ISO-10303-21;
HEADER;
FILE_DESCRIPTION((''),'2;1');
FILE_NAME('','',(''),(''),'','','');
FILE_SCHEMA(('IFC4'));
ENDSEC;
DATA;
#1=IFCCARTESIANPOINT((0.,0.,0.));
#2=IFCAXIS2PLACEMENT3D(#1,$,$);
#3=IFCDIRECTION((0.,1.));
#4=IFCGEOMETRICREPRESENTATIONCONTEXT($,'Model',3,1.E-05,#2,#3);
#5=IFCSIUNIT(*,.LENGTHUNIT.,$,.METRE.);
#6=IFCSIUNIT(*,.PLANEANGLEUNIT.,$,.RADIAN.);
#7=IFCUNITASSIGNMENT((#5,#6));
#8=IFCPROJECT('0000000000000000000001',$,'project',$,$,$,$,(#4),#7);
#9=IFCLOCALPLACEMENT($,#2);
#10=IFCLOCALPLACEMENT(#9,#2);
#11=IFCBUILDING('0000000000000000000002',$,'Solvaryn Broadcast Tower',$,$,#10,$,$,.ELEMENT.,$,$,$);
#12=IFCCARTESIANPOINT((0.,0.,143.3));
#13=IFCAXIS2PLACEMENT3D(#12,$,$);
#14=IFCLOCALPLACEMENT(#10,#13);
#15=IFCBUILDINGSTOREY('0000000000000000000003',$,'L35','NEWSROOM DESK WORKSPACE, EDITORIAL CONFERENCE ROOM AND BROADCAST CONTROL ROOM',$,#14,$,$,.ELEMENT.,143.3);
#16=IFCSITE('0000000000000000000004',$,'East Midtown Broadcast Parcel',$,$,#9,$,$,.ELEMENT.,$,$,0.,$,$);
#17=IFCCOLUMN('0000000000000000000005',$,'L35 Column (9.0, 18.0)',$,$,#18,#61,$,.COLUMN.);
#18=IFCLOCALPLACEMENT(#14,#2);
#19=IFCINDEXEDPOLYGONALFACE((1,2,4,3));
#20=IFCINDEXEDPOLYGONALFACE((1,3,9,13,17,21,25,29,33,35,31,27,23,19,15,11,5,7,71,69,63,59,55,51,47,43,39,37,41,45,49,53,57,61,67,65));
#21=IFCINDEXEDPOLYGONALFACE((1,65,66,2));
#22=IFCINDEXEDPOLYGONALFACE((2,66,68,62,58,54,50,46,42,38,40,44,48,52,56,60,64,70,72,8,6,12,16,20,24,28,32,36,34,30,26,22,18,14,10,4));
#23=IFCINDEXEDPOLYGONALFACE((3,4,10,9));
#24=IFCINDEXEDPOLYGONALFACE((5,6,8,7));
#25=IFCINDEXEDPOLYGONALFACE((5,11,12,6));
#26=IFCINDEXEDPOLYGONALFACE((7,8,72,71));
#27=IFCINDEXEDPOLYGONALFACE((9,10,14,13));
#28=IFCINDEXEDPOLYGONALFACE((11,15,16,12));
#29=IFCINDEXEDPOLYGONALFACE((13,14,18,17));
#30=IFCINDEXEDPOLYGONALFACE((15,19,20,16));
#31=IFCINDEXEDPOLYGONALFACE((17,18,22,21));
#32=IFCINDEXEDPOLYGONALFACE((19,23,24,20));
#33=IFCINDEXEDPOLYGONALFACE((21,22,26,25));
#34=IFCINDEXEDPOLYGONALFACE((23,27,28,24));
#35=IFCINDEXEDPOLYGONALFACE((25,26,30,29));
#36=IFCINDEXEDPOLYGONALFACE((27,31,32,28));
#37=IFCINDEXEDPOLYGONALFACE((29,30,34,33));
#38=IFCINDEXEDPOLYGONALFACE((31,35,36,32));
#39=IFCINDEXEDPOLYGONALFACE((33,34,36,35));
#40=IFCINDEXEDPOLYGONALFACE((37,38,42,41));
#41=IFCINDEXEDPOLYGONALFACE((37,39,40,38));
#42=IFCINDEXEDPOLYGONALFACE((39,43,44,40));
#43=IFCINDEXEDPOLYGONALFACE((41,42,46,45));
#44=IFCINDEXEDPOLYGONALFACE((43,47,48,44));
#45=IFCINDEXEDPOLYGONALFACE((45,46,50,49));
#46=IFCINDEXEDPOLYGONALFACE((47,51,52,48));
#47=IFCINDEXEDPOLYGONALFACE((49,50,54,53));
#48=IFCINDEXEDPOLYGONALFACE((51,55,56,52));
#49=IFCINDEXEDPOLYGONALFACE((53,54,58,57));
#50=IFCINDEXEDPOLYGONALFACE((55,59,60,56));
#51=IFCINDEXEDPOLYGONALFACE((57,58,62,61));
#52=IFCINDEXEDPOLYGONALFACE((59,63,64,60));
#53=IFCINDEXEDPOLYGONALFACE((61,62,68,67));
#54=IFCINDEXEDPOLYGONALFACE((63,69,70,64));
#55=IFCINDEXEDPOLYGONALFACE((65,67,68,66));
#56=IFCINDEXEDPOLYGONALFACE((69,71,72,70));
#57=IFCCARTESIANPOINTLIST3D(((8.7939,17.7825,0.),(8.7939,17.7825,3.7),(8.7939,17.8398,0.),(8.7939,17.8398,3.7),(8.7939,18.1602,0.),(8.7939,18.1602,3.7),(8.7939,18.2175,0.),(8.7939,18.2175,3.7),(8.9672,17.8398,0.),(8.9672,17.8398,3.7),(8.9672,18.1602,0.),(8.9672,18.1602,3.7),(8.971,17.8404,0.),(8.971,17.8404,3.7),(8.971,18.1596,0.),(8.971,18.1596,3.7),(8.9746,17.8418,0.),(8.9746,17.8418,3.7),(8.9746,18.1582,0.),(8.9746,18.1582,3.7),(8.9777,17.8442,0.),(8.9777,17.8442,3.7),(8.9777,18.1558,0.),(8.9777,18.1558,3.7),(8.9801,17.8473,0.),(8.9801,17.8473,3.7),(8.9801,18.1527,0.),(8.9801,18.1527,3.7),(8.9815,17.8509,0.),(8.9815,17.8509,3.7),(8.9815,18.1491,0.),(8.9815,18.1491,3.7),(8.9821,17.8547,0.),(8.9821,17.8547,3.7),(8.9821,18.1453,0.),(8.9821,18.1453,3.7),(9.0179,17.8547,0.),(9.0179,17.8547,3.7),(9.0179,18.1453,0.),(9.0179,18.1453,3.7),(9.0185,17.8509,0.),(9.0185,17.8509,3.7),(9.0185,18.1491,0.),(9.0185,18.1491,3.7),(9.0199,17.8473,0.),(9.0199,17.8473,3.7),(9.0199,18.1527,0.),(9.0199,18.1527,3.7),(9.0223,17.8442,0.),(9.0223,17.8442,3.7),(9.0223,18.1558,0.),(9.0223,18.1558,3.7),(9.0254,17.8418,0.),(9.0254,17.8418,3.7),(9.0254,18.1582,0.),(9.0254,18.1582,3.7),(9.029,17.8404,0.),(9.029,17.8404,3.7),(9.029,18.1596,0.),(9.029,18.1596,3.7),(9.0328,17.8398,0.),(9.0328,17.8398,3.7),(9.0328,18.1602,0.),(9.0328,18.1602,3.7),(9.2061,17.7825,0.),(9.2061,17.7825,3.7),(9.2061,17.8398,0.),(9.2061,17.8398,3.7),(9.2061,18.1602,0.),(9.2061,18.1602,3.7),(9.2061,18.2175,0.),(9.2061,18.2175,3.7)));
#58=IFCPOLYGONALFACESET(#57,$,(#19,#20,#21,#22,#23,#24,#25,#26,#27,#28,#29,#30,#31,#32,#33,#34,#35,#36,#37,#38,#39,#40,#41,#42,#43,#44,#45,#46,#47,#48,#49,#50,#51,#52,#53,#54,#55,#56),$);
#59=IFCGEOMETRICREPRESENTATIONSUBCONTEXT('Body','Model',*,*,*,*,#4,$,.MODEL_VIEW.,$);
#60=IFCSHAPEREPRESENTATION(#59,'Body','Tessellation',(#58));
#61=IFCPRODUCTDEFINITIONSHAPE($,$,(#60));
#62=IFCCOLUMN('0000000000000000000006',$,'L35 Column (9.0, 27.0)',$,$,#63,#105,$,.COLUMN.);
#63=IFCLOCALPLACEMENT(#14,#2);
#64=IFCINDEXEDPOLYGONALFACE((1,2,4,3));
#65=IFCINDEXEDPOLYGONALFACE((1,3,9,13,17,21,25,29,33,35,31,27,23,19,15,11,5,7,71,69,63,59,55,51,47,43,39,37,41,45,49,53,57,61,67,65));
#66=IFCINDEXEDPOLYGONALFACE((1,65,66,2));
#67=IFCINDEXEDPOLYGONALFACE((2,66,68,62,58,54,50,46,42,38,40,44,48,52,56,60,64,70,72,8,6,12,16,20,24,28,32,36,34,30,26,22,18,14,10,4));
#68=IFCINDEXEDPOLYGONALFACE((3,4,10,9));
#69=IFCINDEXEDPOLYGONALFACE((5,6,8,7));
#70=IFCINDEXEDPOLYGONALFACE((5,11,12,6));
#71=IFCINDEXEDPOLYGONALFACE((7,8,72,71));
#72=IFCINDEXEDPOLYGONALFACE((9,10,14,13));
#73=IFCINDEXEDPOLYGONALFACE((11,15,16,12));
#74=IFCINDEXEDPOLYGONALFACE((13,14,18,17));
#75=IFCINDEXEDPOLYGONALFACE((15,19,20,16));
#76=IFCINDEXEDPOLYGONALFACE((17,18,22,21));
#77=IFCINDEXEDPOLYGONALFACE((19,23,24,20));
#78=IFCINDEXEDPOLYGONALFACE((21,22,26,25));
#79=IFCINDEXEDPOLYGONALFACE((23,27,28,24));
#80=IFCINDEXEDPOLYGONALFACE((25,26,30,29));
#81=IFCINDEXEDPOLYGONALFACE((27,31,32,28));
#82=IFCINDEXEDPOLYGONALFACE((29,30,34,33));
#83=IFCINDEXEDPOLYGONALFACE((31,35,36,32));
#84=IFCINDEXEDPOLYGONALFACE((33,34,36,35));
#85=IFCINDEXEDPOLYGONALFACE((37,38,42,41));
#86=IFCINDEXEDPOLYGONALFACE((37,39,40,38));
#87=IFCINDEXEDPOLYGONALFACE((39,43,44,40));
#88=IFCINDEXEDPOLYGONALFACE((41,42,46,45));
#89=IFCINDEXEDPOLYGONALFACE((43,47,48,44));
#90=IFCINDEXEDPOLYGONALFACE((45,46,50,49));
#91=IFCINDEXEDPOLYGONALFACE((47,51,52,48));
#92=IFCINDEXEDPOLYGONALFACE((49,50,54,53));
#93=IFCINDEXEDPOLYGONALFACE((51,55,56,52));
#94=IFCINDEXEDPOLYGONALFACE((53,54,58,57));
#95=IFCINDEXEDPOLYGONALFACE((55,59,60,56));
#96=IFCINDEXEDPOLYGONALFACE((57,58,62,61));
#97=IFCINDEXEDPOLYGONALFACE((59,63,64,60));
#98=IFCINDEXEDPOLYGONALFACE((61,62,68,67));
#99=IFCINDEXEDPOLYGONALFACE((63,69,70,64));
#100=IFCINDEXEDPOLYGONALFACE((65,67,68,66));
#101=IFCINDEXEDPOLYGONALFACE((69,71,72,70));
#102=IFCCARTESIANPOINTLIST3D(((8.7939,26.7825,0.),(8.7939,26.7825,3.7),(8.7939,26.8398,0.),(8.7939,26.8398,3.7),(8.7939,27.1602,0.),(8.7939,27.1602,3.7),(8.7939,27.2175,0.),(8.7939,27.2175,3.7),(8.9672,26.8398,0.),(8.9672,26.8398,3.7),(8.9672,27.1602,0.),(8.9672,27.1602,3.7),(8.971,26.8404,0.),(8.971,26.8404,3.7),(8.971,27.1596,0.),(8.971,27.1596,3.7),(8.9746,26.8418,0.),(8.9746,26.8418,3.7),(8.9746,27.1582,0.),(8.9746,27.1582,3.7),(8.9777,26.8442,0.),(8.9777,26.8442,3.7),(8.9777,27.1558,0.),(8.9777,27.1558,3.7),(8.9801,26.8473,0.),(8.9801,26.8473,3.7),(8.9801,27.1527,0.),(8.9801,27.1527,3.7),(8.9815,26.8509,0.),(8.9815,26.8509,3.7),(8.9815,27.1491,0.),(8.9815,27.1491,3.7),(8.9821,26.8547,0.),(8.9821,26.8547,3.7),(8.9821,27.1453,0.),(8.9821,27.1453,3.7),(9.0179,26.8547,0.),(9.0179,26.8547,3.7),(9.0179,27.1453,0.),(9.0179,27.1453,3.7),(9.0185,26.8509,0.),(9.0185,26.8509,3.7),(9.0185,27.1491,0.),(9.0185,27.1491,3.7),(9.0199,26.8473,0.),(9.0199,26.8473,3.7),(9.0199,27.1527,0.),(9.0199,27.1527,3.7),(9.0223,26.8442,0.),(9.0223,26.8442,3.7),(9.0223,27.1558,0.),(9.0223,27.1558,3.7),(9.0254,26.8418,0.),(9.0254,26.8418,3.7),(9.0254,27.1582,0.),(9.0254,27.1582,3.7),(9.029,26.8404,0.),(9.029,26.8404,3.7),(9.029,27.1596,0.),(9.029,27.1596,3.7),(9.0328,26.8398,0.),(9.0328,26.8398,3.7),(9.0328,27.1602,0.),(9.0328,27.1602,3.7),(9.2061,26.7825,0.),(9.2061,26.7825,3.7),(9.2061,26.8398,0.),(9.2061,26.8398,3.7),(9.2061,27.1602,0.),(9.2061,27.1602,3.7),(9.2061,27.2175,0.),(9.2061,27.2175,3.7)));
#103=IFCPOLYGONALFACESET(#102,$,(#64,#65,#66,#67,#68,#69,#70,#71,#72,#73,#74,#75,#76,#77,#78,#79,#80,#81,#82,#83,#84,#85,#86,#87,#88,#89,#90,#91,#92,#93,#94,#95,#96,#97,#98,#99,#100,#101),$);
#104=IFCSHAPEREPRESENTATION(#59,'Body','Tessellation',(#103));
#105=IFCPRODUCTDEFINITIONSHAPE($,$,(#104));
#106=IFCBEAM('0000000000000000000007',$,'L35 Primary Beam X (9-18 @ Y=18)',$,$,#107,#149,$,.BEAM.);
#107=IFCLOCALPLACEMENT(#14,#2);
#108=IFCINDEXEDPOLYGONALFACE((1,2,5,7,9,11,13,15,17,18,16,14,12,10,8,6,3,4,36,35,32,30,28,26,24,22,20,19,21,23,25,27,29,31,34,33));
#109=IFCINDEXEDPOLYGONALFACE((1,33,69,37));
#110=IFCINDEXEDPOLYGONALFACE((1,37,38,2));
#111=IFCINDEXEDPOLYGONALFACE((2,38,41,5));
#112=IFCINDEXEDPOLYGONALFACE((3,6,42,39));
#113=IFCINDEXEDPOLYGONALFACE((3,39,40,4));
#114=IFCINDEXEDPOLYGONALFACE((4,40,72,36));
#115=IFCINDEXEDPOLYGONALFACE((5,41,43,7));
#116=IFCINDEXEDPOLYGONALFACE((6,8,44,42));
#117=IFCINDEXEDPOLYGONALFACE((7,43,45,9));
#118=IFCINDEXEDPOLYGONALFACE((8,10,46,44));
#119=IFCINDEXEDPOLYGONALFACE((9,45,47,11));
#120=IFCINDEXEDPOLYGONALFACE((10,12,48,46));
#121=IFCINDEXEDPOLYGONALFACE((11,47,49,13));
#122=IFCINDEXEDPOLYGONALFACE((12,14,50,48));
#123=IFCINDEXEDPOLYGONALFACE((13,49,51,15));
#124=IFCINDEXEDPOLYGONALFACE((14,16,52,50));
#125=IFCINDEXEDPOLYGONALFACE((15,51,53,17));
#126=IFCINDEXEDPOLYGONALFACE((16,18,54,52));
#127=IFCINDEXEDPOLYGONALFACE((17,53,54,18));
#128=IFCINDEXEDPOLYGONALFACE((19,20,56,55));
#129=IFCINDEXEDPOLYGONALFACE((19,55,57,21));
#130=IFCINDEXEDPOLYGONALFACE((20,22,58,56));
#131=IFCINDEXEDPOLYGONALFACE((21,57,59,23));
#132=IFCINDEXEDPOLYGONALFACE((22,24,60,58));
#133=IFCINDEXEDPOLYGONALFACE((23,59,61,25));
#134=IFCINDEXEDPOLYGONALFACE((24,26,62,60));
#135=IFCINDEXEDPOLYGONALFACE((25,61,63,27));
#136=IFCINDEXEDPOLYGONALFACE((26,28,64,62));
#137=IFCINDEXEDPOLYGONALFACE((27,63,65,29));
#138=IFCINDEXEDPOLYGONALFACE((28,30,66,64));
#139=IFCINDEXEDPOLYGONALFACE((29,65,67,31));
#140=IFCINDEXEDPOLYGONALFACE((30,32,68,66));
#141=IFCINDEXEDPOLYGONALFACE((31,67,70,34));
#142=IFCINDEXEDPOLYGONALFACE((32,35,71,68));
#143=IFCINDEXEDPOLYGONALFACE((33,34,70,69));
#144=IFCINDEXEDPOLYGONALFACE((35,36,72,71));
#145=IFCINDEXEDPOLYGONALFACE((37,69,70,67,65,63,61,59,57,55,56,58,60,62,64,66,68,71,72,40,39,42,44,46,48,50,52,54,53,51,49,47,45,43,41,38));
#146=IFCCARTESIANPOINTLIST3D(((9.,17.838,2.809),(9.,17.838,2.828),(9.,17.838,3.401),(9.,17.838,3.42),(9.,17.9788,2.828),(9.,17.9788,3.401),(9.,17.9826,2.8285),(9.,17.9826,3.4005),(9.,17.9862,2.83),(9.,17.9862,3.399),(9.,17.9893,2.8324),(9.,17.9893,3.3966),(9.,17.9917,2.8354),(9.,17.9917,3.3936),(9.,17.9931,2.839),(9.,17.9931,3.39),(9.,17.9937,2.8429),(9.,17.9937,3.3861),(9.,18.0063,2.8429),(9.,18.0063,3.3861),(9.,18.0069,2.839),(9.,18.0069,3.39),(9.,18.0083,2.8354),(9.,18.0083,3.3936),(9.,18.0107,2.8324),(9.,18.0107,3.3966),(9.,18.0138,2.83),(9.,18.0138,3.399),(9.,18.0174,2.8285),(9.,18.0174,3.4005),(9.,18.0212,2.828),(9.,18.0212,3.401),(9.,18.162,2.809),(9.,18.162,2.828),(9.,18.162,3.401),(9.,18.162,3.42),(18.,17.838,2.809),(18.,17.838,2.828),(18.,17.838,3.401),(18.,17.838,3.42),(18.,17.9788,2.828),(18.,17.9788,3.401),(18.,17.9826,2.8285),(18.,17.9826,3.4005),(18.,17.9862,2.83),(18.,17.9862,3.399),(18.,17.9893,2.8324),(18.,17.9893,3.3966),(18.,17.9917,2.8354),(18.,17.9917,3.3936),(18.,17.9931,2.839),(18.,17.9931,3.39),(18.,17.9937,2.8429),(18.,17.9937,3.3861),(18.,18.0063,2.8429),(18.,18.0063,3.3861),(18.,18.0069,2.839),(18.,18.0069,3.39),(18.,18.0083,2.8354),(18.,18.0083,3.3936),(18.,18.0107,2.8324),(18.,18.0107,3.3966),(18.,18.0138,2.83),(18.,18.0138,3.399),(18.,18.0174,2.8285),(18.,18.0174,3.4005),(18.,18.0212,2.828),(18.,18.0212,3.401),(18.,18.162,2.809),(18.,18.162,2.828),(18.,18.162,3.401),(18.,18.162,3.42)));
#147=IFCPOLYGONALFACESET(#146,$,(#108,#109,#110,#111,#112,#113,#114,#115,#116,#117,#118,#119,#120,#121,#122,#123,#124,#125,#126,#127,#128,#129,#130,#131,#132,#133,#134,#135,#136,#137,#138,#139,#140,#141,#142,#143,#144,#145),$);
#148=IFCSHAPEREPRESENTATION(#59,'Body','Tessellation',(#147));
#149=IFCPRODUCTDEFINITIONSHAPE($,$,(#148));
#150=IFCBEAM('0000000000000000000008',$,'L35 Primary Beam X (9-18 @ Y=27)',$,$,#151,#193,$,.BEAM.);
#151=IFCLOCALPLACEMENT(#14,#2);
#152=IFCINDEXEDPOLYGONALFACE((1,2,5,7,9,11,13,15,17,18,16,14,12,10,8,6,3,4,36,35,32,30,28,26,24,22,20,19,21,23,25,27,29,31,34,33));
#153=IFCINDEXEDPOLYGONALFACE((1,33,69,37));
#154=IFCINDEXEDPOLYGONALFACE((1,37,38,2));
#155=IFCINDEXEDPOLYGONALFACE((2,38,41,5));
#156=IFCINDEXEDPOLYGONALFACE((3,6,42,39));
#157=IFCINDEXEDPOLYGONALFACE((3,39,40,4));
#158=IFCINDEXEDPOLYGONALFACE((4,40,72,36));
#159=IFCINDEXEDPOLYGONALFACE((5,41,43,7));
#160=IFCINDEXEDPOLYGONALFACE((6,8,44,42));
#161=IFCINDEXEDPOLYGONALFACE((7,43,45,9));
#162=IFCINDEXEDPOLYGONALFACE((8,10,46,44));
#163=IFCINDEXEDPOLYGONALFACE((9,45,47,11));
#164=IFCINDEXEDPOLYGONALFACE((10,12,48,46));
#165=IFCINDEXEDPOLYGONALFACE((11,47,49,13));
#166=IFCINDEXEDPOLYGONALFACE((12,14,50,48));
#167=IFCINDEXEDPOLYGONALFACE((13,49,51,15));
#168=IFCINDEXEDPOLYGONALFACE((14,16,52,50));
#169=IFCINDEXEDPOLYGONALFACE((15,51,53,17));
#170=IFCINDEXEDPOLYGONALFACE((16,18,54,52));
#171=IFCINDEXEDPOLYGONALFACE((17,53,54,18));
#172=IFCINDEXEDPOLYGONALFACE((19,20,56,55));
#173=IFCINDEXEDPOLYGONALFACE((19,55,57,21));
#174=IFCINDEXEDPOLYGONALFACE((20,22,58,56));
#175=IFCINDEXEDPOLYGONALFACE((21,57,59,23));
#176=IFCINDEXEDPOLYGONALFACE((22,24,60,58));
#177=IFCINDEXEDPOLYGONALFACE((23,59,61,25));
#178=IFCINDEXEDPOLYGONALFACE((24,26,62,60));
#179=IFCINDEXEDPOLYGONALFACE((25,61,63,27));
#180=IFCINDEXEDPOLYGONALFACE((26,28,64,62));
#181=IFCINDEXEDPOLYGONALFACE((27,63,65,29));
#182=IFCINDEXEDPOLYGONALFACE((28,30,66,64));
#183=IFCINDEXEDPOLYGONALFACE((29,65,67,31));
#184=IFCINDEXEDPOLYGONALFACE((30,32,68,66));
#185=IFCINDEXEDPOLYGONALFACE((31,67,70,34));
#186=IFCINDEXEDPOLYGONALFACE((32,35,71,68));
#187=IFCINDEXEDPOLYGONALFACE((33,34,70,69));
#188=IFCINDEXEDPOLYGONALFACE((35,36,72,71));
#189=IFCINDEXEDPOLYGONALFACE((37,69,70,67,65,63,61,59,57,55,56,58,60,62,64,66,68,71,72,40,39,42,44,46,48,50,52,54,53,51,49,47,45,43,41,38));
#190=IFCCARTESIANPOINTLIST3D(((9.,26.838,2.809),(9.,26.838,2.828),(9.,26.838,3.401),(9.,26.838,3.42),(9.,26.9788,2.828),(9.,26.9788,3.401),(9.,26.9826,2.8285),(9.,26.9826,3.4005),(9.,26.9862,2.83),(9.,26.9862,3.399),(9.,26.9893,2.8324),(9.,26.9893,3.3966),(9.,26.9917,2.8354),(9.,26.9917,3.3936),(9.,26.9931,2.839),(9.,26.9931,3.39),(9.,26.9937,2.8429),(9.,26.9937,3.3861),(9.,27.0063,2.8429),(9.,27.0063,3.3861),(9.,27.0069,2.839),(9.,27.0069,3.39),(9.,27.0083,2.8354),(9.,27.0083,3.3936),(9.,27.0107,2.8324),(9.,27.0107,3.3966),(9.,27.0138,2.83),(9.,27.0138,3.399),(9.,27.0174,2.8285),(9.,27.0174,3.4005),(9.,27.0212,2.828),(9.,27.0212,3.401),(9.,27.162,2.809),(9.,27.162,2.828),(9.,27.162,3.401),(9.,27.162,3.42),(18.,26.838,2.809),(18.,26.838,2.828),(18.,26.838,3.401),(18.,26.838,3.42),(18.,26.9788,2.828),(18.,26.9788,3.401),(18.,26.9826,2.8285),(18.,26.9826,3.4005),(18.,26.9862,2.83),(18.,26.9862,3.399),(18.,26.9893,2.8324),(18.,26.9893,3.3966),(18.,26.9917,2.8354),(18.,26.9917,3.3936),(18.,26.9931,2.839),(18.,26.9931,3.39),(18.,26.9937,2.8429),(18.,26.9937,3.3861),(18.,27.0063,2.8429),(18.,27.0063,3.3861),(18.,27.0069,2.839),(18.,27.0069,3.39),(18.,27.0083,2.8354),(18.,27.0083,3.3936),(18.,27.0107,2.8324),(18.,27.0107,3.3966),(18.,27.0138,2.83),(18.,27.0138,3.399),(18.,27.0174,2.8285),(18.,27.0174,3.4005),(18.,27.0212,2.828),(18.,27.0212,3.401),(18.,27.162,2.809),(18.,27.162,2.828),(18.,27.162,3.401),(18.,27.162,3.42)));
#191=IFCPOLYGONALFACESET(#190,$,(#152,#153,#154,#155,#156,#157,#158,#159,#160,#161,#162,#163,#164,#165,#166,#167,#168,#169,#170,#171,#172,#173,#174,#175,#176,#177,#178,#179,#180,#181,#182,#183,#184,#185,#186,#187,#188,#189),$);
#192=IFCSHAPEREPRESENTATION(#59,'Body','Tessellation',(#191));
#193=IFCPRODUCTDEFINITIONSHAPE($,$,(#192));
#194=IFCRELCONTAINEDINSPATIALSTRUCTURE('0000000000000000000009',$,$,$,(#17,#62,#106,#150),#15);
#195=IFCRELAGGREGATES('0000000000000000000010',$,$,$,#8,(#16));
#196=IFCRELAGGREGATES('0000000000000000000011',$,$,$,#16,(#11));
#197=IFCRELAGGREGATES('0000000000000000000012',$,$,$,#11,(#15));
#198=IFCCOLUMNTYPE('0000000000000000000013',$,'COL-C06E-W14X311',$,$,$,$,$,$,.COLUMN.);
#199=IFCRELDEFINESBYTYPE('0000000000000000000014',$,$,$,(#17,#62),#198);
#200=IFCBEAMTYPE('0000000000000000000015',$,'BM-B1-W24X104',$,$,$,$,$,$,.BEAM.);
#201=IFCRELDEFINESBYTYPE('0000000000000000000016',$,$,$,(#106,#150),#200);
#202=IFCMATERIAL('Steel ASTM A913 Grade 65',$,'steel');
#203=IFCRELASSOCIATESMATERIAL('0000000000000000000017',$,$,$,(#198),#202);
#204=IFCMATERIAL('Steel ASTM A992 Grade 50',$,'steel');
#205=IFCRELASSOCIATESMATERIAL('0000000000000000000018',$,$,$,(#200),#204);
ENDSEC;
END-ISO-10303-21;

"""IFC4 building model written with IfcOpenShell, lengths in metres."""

from ifc_helpers import new_model, si_unit, direction, frame, origin, origin_2d, place, context, subcontext, project, spatial, i_section, extrude, material, material_profile, profile_set, type_object, element, save


model = new_model("IFC4")

# Units and contexts
model_context = context("Model", 3, precision=1e-05, world=origin(), true_north=direction((0.0, 1.0)))
body_context = subcontext(model_context, "Body", "Model", "MODEL_VIEW")
ifc_project = project(units=[si_unit("LENGTHUNIT", "METRE"), si_unit("PLANEANGLEUNIT", "RADIAN")], contexts=[model_context])

# Site, building, storey
site_placement = place(None, origin())
site = spatial("IfcSite", under=ifc_project, at=site_placement, Name="East Midtown Broadcast Parcel", CompositionType="ELEMENT", RefElevation=0.0)
building_placement = place(site_placement, origin())
building = spatial("IfcBuilding", under=site, at=building_placement, Name="Solvaryn Broadcast Tower", CompositionType="ELEMENT")
storey_placement = place(building_placement, frame((0.0, 0.0, 143.3)))
storey = spatial("IfcBuildingStorey", under=building, at=storey_placement, Name="L35", Description="NEWSROOM DESK WORKSPACE, EDITORIAL CONFERENCE ROOM AND BROADCAST CONTROL ROOM", CompositionType="ELEMENT", Elevation=143.3)

# Columns
ifc_material_1 = material(Name="Steel ASTM A913 Grade 65", Category="steel")
ifc_material_profile_1 = material_profile(ifc_material_1, i_section(OverallWidth=0.4121, OverallDepth=0.4351, WebThickness=0.0359, FlangeThickness=0.0574, FilletRadius=0.0149, at=origin_2d()))
ifc_profile_set_1 = profile_set([ifc_material_profile_1], Name="Steel ASTM A913 Grade 65")
column_type = type_object("IfcColumnType", Name="COL-C06E-W14X311", PredefinedType="COLUMN", material=ifc_profile_set_1)
for number, where, z_axis, x_axis, name in (
    (1, (9.0, 18.0, 0.0), (0.0, 0.0, 1.0), (1.0, 0.0, 0.0), "L35 Column (9.0, 18.0)"),
    (2, (9.0, 27.0, 0.0), (0.0, 0.0, 1.0), (1.0, 0.0, 0.0), "L35 Column (9.0, 27.0)"),
):
    element("IfcColumn", number, at=place(storey_placement, frame(where, z_axis=z_axis, x_axis=x_axis)), inside=storey, type_object=column_type, Name=name, PredefinedType="COLUMN", context=body_context, shape_type="SweptSolid", body=[
        extrude(i_section(OverallWidth=0.4121, OverallDepth=0.4351, WebThickness=0.0359, FlangeThickness=0.0574, FilletRadius=0.0149, at=origin_2d()), origin(), (0.0, 0.0, 1.0), 3.7),
    ])

# Beams
ifc_material_2 = material(Name="Steel ASTM A992 Grade 50", Category="steel")
ifc_material_profile_2 = material_profile(ifc_material_2, i_section(OverallWidth=0.324, OverallDepth=0.6111, WebThickness=0.0127, FlangeThickness=0.019, FilletRadius=0.0149, at=origin_2d()))
ifc_profile_set_2 = profile_set([ifc_material_profile_2], Name="Steel ASTM A992 Grade 50")
beam_type_1 = type_object("IfcBeamType", Name="BM-B1-W24X104", PredefinedType="BEAM", material=ifc_profile_set_2)
for number, where, z_axis, x_axis, name in (
    (3, (9.0, 18.0, 3.1145), (1.0, 0.0, 0.0), (0.0, 1.0, 0.0), "L35 Primary Beam X (9-18 @ Y=18)"),
    (4, (9.0, 27.0, 3.1145), (1.0, 0.0, 0.0), (0.0, 1.0, 0.0), "L35 Primary Beam X (9-18 @ Y=27)"),
):
    element("IfcBeam", number, at=place(storey_placement, frame(where, z_axis=z_axis, x_axis=x_axis)), inside=storey, type_object=beam_type_1, Name=name, PredefinedType="BEAM", context=body_context, shape_type="SweptSolid", body=[
        extrude(i_section(OverallWidth=0.324, OverallDepth=0.6111, WebThickness=0.0127, FlangeThickness=0.019, FilletRadius=0.0149, at=origin_2d()), origin(), (0.0, 0.0, 1.0), 9.0),
    ])

save(model, "model.ifc")
